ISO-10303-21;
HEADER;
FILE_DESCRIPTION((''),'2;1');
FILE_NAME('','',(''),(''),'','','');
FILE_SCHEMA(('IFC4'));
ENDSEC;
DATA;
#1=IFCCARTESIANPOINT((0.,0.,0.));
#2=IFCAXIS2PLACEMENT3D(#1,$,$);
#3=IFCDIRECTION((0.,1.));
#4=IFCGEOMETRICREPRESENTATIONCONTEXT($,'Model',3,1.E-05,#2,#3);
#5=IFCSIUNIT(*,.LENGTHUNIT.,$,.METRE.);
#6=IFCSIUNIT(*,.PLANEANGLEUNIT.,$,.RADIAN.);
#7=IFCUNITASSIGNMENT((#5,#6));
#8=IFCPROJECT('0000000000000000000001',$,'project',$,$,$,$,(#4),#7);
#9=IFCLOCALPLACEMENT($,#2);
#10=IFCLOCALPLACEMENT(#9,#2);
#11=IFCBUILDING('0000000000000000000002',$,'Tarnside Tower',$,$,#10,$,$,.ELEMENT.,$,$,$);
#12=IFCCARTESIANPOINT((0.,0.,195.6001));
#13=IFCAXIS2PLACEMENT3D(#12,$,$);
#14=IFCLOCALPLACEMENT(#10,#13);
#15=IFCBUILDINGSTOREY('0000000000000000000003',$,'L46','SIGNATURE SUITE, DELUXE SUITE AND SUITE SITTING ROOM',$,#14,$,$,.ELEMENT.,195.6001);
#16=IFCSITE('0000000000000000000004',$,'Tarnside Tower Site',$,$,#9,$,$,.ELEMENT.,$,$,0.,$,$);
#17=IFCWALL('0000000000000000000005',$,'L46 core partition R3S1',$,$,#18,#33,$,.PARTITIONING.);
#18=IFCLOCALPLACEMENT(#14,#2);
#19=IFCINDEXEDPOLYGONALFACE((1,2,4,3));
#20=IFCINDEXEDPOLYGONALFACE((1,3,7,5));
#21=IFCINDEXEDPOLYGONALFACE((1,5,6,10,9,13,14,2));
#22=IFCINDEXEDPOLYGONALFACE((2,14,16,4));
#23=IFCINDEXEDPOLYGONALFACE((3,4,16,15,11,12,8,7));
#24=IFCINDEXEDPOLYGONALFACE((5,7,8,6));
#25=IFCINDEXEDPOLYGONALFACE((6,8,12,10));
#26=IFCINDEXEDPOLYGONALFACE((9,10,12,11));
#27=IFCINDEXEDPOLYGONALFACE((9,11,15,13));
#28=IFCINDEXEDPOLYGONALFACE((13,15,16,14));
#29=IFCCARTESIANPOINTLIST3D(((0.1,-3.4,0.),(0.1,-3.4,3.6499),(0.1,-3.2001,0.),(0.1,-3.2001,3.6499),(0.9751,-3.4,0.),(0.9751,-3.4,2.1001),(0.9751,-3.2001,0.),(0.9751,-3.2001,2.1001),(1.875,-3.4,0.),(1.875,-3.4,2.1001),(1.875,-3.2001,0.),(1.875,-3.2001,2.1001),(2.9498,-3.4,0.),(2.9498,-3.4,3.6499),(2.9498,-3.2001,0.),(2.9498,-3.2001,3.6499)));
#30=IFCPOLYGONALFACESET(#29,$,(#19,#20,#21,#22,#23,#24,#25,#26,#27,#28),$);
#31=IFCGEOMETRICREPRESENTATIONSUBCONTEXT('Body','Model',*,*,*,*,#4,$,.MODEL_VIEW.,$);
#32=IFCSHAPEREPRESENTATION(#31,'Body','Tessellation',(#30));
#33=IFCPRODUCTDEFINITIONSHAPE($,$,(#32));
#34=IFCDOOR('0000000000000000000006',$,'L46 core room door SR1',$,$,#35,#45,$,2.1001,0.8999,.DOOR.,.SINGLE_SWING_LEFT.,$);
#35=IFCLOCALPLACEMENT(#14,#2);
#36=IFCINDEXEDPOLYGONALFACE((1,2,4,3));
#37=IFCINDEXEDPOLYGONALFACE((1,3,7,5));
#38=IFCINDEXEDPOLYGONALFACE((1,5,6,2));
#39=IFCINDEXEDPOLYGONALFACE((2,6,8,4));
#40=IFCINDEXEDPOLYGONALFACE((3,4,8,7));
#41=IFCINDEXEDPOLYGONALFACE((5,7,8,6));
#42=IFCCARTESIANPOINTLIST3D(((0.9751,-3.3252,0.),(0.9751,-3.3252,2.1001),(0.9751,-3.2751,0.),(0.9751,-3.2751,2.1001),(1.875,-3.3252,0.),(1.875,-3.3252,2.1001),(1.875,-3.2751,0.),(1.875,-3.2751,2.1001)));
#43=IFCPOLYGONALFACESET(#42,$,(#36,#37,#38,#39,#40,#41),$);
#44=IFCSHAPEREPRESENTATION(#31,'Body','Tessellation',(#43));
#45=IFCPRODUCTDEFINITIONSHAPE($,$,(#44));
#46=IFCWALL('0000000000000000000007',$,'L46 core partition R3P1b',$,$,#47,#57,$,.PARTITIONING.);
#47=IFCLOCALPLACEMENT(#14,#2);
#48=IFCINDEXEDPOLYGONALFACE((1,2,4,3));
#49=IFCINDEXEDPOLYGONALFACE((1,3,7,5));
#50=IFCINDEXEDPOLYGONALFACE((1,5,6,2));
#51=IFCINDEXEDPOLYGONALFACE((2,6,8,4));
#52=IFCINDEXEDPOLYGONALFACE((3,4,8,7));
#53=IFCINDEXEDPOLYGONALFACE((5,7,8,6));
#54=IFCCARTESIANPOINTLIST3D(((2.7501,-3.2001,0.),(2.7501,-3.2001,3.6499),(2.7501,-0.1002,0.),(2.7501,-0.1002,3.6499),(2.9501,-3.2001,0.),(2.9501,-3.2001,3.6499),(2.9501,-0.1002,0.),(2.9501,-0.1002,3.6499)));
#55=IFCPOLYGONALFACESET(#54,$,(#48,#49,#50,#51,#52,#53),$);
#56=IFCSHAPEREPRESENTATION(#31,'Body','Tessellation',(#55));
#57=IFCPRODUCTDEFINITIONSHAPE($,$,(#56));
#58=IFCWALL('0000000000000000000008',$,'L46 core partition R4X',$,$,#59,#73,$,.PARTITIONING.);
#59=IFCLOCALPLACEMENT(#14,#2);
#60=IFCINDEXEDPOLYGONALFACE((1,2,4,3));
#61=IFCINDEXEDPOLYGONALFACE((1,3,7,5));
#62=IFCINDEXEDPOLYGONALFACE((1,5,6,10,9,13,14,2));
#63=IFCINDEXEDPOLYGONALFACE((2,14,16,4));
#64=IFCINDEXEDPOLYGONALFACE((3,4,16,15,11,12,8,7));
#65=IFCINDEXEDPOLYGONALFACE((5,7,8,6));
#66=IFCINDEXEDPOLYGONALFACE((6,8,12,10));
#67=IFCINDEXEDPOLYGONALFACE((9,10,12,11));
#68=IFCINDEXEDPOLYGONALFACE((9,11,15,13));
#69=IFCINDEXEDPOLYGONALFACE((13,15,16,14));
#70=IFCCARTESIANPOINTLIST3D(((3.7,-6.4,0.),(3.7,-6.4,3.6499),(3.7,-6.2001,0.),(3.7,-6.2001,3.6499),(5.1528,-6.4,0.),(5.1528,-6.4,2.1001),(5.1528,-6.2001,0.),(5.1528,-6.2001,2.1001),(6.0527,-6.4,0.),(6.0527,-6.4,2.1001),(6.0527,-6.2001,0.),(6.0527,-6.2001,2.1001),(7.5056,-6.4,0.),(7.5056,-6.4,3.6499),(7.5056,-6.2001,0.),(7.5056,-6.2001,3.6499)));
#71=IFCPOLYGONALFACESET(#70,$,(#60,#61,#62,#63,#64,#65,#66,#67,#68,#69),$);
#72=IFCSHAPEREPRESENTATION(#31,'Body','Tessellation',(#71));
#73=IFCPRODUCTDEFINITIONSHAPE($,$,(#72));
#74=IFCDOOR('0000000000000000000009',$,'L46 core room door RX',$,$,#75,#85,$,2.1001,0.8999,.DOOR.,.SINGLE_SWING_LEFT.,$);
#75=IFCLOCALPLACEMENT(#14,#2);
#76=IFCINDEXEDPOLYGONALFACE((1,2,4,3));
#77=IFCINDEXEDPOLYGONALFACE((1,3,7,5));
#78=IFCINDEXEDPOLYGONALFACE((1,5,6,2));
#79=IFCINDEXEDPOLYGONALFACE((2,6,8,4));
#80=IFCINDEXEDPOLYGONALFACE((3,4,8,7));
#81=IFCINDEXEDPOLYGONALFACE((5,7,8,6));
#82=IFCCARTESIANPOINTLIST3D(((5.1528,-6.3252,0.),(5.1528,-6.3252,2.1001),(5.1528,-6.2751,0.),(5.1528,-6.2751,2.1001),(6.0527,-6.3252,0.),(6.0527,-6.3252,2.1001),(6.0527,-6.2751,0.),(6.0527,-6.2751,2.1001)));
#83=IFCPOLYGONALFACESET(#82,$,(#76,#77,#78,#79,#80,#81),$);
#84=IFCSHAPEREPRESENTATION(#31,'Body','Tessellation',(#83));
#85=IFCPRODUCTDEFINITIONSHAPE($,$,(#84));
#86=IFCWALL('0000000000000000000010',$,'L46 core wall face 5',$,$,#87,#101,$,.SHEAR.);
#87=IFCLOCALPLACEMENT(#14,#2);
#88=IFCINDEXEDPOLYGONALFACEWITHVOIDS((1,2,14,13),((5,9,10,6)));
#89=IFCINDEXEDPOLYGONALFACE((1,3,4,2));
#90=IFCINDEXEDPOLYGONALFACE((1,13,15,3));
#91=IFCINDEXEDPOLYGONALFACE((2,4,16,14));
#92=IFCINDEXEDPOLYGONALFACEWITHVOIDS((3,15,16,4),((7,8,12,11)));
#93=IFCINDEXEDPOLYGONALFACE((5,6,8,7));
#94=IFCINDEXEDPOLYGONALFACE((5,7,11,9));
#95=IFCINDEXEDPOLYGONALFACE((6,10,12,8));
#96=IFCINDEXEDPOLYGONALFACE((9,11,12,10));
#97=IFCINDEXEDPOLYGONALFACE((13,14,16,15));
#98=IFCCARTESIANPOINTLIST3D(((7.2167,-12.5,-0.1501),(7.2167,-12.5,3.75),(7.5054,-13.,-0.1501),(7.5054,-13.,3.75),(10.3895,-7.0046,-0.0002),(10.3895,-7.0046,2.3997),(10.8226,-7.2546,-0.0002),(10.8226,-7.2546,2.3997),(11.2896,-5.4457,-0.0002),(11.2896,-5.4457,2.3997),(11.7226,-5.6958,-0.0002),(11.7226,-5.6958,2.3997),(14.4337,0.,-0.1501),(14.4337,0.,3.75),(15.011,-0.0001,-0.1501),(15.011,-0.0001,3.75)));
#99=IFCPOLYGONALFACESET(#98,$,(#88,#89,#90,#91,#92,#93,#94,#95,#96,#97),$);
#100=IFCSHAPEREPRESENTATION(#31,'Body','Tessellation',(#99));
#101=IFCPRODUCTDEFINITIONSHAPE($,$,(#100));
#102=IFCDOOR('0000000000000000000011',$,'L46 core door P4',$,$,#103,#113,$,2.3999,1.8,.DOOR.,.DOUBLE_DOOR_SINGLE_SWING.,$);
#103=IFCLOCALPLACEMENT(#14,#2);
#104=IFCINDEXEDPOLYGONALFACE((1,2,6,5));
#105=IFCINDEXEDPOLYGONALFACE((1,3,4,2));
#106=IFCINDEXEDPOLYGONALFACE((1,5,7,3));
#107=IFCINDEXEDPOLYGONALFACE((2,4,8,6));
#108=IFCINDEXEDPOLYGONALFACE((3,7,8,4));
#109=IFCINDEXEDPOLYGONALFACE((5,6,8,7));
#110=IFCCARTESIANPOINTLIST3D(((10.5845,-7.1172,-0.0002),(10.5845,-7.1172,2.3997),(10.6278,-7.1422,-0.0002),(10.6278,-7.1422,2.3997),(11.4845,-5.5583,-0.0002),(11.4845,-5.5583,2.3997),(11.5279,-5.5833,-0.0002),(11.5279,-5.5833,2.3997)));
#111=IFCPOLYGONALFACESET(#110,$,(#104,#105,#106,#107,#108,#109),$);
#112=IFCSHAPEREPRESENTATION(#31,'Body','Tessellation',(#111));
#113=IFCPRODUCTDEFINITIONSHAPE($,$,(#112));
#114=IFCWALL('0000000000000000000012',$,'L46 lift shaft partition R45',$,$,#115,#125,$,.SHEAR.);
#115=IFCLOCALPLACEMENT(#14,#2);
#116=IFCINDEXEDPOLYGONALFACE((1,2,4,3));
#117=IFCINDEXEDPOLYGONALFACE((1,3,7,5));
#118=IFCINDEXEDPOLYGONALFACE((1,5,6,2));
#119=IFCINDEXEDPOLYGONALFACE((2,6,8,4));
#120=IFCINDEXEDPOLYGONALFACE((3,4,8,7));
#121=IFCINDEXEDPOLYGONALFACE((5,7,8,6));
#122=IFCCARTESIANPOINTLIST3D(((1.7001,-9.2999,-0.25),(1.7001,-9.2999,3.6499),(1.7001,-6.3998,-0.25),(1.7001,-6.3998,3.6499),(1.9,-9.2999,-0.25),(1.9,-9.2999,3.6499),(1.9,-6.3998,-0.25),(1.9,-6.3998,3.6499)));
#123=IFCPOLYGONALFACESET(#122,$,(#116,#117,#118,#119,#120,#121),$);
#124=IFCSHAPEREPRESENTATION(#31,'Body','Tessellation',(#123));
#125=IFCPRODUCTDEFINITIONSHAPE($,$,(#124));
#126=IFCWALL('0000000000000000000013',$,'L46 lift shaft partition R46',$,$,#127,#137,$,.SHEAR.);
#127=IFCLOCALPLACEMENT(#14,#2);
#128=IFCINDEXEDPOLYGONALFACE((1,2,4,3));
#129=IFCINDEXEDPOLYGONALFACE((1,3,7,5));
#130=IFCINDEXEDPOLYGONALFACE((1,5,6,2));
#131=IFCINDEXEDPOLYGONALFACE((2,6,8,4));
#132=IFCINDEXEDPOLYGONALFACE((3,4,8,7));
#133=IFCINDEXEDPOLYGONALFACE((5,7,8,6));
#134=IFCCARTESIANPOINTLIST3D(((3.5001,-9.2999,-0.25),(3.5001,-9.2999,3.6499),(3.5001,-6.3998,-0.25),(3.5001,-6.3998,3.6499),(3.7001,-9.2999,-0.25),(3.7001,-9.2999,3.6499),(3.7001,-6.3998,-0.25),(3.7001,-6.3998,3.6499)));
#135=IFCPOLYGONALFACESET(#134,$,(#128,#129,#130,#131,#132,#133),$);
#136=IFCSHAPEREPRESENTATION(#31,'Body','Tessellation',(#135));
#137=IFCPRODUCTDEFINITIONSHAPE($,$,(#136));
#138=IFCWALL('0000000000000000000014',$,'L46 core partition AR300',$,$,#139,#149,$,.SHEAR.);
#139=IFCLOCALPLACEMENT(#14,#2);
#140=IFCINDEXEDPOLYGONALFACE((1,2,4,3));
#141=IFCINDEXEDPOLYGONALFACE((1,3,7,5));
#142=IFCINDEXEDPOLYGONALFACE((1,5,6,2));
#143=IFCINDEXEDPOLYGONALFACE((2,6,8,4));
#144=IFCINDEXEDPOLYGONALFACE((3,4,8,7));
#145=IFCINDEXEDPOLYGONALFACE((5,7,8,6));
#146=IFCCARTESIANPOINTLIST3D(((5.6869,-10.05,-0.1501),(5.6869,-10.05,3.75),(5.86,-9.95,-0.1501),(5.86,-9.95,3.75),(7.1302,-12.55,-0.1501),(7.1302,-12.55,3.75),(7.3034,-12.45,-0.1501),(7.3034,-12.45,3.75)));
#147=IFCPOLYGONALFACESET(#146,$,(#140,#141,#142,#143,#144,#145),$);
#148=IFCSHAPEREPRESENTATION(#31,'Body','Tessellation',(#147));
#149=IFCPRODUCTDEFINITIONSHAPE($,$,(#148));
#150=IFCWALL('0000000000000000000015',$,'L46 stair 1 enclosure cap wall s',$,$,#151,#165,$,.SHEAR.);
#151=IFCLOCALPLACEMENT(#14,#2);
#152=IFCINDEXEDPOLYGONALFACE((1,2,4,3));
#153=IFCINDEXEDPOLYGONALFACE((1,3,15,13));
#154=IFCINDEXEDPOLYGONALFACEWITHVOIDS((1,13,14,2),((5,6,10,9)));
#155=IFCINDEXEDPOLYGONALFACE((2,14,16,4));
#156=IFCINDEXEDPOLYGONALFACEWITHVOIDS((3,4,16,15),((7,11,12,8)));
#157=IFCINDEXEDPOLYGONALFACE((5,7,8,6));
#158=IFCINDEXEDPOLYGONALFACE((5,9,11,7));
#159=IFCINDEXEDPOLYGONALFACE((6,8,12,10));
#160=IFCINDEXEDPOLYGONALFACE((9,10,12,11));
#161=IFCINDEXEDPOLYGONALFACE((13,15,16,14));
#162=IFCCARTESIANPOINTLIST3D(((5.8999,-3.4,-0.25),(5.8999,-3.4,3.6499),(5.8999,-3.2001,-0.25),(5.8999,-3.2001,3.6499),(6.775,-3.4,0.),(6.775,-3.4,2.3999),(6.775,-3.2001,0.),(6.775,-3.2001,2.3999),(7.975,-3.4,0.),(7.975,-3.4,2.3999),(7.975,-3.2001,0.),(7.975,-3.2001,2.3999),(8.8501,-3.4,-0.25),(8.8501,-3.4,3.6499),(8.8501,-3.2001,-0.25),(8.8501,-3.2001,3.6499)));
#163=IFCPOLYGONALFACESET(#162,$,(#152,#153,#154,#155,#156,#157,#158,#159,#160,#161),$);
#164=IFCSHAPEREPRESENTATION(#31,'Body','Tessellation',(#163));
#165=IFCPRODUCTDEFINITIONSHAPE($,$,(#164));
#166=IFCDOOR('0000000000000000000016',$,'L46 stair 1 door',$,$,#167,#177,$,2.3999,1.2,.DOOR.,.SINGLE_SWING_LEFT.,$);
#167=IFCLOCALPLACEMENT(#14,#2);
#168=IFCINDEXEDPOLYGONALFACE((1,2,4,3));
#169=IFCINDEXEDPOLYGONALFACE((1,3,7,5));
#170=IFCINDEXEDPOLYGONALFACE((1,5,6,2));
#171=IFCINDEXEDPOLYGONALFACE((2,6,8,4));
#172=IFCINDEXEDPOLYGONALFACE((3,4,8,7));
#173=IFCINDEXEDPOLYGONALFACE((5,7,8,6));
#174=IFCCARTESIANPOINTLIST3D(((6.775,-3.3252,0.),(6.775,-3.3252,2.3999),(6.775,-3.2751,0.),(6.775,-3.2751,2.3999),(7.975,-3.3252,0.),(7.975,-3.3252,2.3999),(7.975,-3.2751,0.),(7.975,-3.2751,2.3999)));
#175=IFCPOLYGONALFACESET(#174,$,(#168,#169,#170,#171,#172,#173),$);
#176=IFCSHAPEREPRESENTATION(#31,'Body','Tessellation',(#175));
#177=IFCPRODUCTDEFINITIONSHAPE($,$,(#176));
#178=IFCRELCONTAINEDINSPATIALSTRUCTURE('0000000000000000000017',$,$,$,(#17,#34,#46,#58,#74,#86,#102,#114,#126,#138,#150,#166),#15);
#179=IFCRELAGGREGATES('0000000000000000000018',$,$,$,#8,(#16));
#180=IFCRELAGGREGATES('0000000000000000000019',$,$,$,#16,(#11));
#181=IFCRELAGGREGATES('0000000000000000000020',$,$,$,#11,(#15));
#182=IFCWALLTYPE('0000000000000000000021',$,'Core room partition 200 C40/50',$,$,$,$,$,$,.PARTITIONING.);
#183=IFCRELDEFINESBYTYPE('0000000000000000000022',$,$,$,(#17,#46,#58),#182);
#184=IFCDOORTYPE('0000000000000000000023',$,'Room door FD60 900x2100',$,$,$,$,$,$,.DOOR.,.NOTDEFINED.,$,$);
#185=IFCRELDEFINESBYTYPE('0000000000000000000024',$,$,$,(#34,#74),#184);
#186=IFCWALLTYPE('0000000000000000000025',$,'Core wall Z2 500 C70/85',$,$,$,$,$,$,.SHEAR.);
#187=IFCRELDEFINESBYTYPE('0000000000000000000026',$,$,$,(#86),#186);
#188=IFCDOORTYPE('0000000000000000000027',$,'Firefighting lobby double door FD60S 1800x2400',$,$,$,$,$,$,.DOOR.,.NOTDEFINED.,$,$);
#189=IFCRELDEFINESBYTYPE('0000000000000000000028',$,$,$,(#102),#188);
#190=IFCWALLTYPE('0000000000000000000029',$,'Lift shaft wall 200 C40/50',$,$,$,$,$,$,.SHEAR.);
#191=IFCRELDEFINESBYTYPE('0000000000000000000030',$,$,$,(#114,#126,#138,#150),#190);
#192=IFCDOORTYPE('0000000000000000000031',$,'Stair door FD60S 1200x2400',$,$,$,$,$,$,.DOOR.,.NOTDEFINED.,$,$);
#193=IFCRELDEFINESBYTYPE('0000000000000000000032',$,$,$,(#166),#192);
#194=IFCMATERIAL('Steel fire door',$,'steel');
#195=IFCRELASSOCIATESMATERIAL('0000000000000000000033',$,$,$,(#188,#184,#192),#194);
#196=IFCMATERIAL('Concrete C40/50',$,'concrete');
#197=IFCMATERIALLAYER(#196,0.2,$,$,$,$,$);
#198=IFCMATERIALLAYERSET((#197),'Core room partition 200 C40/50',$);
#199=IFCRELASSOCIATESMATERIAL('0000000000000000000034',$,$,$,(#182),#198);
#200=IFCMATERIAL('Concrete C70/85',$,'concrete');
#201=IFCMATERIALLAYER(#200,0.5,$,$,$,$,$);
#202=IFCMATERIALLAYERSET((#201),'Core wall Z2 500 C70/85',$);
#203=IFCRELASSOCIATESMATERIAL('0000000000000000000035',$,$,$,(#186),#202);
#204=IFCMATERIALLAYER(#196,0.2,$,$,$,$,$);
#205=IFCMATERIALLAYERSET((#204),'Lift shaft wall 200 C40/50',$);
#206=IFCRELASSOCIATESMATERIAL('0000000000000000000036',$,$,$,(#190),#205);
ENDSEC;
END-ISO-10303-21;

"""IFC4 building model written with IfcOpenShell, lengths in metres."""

from ifc_helpers import new_model, si_unit, direction, frame, frame_2d, origin, place, context, subcontext, project, spatial, polyline, rectangle, outline, extrude, material, layer, layer_set, type_object, element, fill, save


model = new_model("IFC4")

# Units and contexts
model_context = context("Model", 3, precision=1e-05, world=origin(), true_north=direction((0.0, 1.0)))
body_context = subcontext(model_context, "Body", "Model", "MODEL_VIEW")
ifc_project = project(units=[si_unit("LENGTHUNIT", "METRE"), si_unit("PLANEANGLEUNIT", "RADIAN")], contexts=[model_context])

# Site, building, storey
site_placement = place(None, origin())
site = spatial("IfcSite", under=ifc_project, at=site_placement, Name="Tarnside Tower Site", CompositionType="ELEMENT", RefElevation=0.0)
building_placement = place(site_placement, origin())
building = spatial("IfcBuilding", under=site, at=building_placement, Name="Tarnside Tower", CompositionType="ELEMENT")
storey_placement = place(building_placement, frame((0.0, 0.0, 195.6001)))
storey = spatial("IfcBuildingStorey", under=building, at=storey_placement, Name="L46", Description="SIGNATURE SUITE, DELUXE SUITE AND SUITE SITTING ROOM", CompositionType="ELEMENT", Elevation=195.6001)

# Shared definitions
ifc_material_1 = material(Name="Concrete C40/50", Category="concrete")

# Wall, opening, door
ifc_material_2 = material(Name="Steel fire door", Category="steel")
door_type_1 = type_object("IfcDoorType", Name="Firefighting lobby double door FD60S 1800x2400", OperationType="NOTDEFINED", PredefinedType="DOOR", material=ifc_material_2)
ifc_layer_1 = layer(ifc_material_1, 0.2)
ifc_layer_set_1 = layer_set([ifc_layer_1], Name="Core room partition 200 C40/50")
wall_type_1 = type_object("IfcWallType", Name="Core room partition 200 C40/50", PredefinedType="PARTITIONING", material=ifc_layer_set_1)
wall_1_placement = place(storey_placement, frame((0.1001, -3.3, 0.0), z_axis=(0.0, 0.0, 1.0), x_axis=(1.0, 0.0, 0.0)))
wall_1 = element("IfcWall", 1, at=wall_1_placement, inside=storey, type_object=wall_type_1, Name="L46 core partition R3S1", PredefinedType="PARTITIONING", context=body_context, shape_type="SweptSolid", body=[
    extrude(rectangle(XDim=2.8499, YDim=0.2, at=frame_2d((1.4248, 0.0))), origin(), (0.0, 0.0, 1.0), 3.6499),
])
opening_1_placement = place(wall_1_placement, frame((0.875, 0.0, 0.0)))
opening_1 = element("IfcOpeningElement", 2, at=opening_1_placement, cuts=wall_1, PredefinedType="OPENING", context=body_context, shape_type="SweptSolid", body=[
    extrude(rectangle(XDim=0.8999, YDim=2.1001, at=frame_2d((0.45, 1.05))), frame((0.0, 0.1099, 0.0), z_axis=(0.0, -1.0, 0.0), x_axis=(1.0, 0.0, 0.0)), (0.0, 0.0, 1.0), 0.22),
])
door_type_2 = type_object("IfcDoorType", Name="Room door FD60 900x2100", OperationType="NOTDEFINED", PredefinedType="DOOR", material=ifc_material_2)
door_1_placement = place(opening_1_placement, origin())
door_1 = element("IfcDoor", 3, at=door_1_placement, inside=storey, type_object=door_type_2, Name="L46 core room door SR1", OperationType="SINGLE_SWING_LEFT", OverallHeight=2.1001, OverallWidth=0.8999, PredefinedType="DOOR", context=body_context, shape_type="SweptSolid", body=[
    extrude(rectangle(XDim=0.8999, YDim=2.1001, at=frame_2d((0.45, 1.05))), frame((0.0, 0.0249, 0.0), z_axis=(0.0, -1.0, 0.0), x_axis=(1.0, 0.0, 0.0)), (0.0, 0.0, 1.0), 0.05),
])
fill(opening_1, door_1)

# Wall
wall_2_placement = place(storey_placement, frame((2.8501, -3.2, 0.0), z_axis=(0.0, 0.0, 1.0), x_axis=(0.0, 1.0, 0.0)))
element("IfcWall", 4, at=wall_2_placement, inside=storey, type_object=wall_type_1, Name="L46 core partition R3P1b", PredefinedType="PARTITIONING", context=body_context, shape_type="SweptSolid", body=[
    extrude(rectangle(XDim=3.0999, YDim=0.2, at=frame_2d((1.5498, 0.0))), origin(), (0.0, 0.0, 1.0), 3.6499),
])

# Walls, openings, doors
wall_3_placement = place(storey_placement, frame((3.7, -6.3, 0.0), z_axis=(0.0, 0.0, 1.0), x_axis=(1.0, 0.0, 0.0)))
wall_3 = element("IfcWall", 5, at=wall_3_placement, inside=storey, type_object=wall_type_1, Name="L46 core partition R4X", PredefinedType="PARTITIONING", context=body_context, shape_type="SweptSolid", body=[
    extrude(rectangle(XDim=3.8057, YDim=0.2, at=frame_2d((1.9028, 0.0))), origin(), (0.0, 0.0, 1.0), 3.6499),
])
opening_2_placement = place(wall_3_placement, frame((1.4529, 0.0, 0.0)))
opening_2 = element("IfcOpeningElement", 6, at=opening_2_placement, cuts=wall_3, PredefinedType="OPENING", context=body_context, shape_type="SweptSolid", body=[
    extrude(rectangle(XDim=0.8999, YDim=2.1001, at=frame_2d((0.45, 1.05))), frame((0.0, 0.1099, 0.0), z_axis=(0.0, -1.0, 0.0), x_axis=(1.0, 0.0, 0.0)), (0.0, 0.0, 1.0), 0.22),
])
door_2_placement = place(opening_2_placement, origin())
door_2 = element("IfcDoor", 7, at=door_2_placement, inside=storey, type_object=door_type_2, Name="L46 core room door RX", OperationType="SINGLE_SWING_LEFT", OverallHeight=2.1001, OverallWidth=0.8999, PredefinedType="DOOR", context=body_context, shape_type="SweptSolid", body=[
    extrude(rectangle(XDim=0.8999, YDim=2.1001, at=frame_2d((0.45, 1.05))), frame((0.0, 0.0249, 0.0), z_axis=(0.0, -1.0, 0.0), x_axis=(1.0, 0.0, 0.0)), (0.0, 0.0, 1.0), 0.05),
])
fill(opening_2, door_2)
ifc_material_3 = material(Name="Concrete C70/85", Category="concrete")
ifc_layer_2 = layer(ifc_material_3, 0.5)
ifc_layer_set_2 = layer_set([ifc_layer_2], Name="Core wall Z2 500 C70/85")
wall_type_2 = type_object("IfcWallType", Name="Core wall Z2 500 C70/85", PredefinedType="SHEAR", material=ifc_layer_set_2)
wall_4_placement = place(storey_placement, frame((7.3611, -12.75, -0.1501), z_axis=(0.0, 0.0, 1.0), x_axis=(0.500006, 0.866022, 0.0)))
wall_4 = element("IfcWall", 8, at=wall_4_placement, inside=storey, type_object=wall_type_2, Name="L46 core wall face 5", PredefinedType="SHEAR", context=body_context, shape_type="SweptSolid", body=[
    extrude(outline(polyline([(-0.1443, -0.25), (14.8667, -0.25), (14.5781, 0.25), (0.1443, 0.25), (-0.1443, -0.25)])), origin(), (0.0, 0.0, 1.0), 3.9001),
])
opening_3_placement = place(wall_4_placement, frame((6.49, 0.0, 0.1499)))
opening_3 = element("IfcOpeningElement", 9, at=opening_3_placement, cuts=wall_4, PredefinedType="OPENING", context=body_context, shape_type="SweptSolid", body=[
    extrude(rectangle(XDim=1.8, YDim=2.3999, at=frame_2d((0.8999, 1.2))), frame((0.0, 0.26, 0.0), z_axis=(0.0, -1.0, 0.0), x_axis=(1.0, 0.0, 0.0)), (0.0, 0.0, 1.0), 0.52),
])
door_3_placement = place(opening_3_placement, origin())
door_3 = element("IfcDoor", 10, at=door_3_placement, inside=storey, type_object=door_type_1, Name="L46 core door P4", OperationType="DOUBLE_DOOR_SINGLE_SWING", OverallHeight=2.3999, OverallWidth=1.8, PredefinedType="DOOR", context=body_context, shape_type="SweptSolid", body=[
    extrude(rectangle(XDim=1.8, YDim=2.3999, at=frame_2d((0.8999, 1.2))), frame((0.0, 0.0249, 0.0), z_axis=(0.0, -1.0, 0.0), x_axis=(1.0, 0.0, 0.0)), (0.0, 0.0, 1.0), 0.05),
])
fill(opening_3, door_3)

# Walls
ifc_layer_3 = layer(ifc_material_1, 0.2)
ifc_layer_set_3 = layer_set([ifc_layer_3], Name="Lift shaft wall 200 C40/50")
wall_type_3 = type_object("IfcWallType", Name="Lift shaft wall 200 C40/50", PredefinedType="SHEAR", material=ifc_layer_set_3)
for number, where, z_axis, x_axis, name in (
    (11, (1.8, -9.3, -0.25), (0.0, 0.0, 1.0), (0.0, 1.0, 0.0), "L46 lift shaft partition R45"),
    (12, (3.6001, -9.3, -0.25), (0.0, 0.0, 1.0), (0.0, 1.0, 0.0), "L46 lift shaft partition R46"),
):
    element("IfcWall", number, at=place(storey_placement, frame(where, z_axis=z_axis, x_axis=x_axis)), inside=storey, type_object=wall_type_3, Name=name, PredefinedType="SHEAR", context=body_context, shape_type="SweptSolid", body=[
        extrude(rectangle(XDim=2.9001, YDim=0.2, at=frame_2d((1.4502, 0.0))), origin(), (0.0, 0.0, 1.0), 3.8999),
    ])
wall_5_placement = place(storey_placement, frame((5.7734, -10.0, -0.1501), z_axis=(0.0, 0.0, 1.0), x_axis=(0.499996, -0.866028, 0.0)))
element("IfcWall", 13, at=wall_5_placement, inside=storey, type_object=wall_type_3, Name="L46 core partition AR300", PredefinedType="SHEAR", context=body_context, shape_type="SweptSolid", body=[
    extrude(rectangle(XDim=2.8867, YDim=0.2, at=frame_2d((1.4434, 0.0))), origin(), (0.0, 0.0, 1.0), 3.9001),
])

# Wall, opening, door
wall_6_placement = place(storey_placement, frame((5.8999, -3.3, -0.25), z_axis=(0.0, 0.0, 1.0), x_axis=(1.0, 0.0, 0.0)))
wall_6 = element("IfcWall", 14, at=wall_6_placement, inside=storey, type_object=wall_type_3, Name="L46 stair 1 enclosure cap wall s", PredefinedType="SHEAR", context=body_context, shape_type="SweptSolid", body=[
    extrude(rectangle(XDim=2.9502, YDim=0.2, at=frame_2d((1.4751, 0.0))), origin(), (0.0, 0.0, 1.0), 3.8999),
])
opening_4_placement = place(wall_6_placement, frame((0.875, 0.0, 0.25)))
opening_4 = element("IfcOpeningElement", 15, at=opening_4_placement, cuts=wall_6, PredefinedType="OPENING", context=body_context, shape_type="SweptSolid", body=[
    extrude(rectangle(XDim=1.2, YDim=2.3999, at=frame_2d((0.6001, 1.2))), frame((0.0, 0.1099, 0.0), z_axis=(0.0, -1.0, 0.0), x_axis=(1.0, 0.0, 0.0)), (0.0, 0.0, 1.0), 0.22),
])
door_type_3 = type_object("IfcDoorType", Name="Stair door FD60S 1200x2400", OperationType="NOTDEFINED", PredefinedType="DOOR", material=ifc_material_2)
door_4_placement = place(opening_4_placement, origin())
door_4 = element("IfcDoor", 16, at=door_4_placement, inside=storey, type_object=door_type_3, Name="L46 stair 1 door", OperationType="SINGLE_SWING_LEFT", OverallHeight=2.3999, OverallWidth=1.2, PredefinedType="DOOR", context=body_context, shape_type="SweptSolid", body=[
    extrude(rectangle(XDim=1.2, YDim=2.3999, at=frame_2d((0.6001, 1.2))), frame((0.0, 0.0249, 0.0), z_axis=(0.0, -1.0, 0.0), x_axis=(1.0, 0.0, 0.0)), (0.0, 0.0, 1.0), 0.05),
])
fill(opening_4, door_4)

save(model, "model.ifc")
